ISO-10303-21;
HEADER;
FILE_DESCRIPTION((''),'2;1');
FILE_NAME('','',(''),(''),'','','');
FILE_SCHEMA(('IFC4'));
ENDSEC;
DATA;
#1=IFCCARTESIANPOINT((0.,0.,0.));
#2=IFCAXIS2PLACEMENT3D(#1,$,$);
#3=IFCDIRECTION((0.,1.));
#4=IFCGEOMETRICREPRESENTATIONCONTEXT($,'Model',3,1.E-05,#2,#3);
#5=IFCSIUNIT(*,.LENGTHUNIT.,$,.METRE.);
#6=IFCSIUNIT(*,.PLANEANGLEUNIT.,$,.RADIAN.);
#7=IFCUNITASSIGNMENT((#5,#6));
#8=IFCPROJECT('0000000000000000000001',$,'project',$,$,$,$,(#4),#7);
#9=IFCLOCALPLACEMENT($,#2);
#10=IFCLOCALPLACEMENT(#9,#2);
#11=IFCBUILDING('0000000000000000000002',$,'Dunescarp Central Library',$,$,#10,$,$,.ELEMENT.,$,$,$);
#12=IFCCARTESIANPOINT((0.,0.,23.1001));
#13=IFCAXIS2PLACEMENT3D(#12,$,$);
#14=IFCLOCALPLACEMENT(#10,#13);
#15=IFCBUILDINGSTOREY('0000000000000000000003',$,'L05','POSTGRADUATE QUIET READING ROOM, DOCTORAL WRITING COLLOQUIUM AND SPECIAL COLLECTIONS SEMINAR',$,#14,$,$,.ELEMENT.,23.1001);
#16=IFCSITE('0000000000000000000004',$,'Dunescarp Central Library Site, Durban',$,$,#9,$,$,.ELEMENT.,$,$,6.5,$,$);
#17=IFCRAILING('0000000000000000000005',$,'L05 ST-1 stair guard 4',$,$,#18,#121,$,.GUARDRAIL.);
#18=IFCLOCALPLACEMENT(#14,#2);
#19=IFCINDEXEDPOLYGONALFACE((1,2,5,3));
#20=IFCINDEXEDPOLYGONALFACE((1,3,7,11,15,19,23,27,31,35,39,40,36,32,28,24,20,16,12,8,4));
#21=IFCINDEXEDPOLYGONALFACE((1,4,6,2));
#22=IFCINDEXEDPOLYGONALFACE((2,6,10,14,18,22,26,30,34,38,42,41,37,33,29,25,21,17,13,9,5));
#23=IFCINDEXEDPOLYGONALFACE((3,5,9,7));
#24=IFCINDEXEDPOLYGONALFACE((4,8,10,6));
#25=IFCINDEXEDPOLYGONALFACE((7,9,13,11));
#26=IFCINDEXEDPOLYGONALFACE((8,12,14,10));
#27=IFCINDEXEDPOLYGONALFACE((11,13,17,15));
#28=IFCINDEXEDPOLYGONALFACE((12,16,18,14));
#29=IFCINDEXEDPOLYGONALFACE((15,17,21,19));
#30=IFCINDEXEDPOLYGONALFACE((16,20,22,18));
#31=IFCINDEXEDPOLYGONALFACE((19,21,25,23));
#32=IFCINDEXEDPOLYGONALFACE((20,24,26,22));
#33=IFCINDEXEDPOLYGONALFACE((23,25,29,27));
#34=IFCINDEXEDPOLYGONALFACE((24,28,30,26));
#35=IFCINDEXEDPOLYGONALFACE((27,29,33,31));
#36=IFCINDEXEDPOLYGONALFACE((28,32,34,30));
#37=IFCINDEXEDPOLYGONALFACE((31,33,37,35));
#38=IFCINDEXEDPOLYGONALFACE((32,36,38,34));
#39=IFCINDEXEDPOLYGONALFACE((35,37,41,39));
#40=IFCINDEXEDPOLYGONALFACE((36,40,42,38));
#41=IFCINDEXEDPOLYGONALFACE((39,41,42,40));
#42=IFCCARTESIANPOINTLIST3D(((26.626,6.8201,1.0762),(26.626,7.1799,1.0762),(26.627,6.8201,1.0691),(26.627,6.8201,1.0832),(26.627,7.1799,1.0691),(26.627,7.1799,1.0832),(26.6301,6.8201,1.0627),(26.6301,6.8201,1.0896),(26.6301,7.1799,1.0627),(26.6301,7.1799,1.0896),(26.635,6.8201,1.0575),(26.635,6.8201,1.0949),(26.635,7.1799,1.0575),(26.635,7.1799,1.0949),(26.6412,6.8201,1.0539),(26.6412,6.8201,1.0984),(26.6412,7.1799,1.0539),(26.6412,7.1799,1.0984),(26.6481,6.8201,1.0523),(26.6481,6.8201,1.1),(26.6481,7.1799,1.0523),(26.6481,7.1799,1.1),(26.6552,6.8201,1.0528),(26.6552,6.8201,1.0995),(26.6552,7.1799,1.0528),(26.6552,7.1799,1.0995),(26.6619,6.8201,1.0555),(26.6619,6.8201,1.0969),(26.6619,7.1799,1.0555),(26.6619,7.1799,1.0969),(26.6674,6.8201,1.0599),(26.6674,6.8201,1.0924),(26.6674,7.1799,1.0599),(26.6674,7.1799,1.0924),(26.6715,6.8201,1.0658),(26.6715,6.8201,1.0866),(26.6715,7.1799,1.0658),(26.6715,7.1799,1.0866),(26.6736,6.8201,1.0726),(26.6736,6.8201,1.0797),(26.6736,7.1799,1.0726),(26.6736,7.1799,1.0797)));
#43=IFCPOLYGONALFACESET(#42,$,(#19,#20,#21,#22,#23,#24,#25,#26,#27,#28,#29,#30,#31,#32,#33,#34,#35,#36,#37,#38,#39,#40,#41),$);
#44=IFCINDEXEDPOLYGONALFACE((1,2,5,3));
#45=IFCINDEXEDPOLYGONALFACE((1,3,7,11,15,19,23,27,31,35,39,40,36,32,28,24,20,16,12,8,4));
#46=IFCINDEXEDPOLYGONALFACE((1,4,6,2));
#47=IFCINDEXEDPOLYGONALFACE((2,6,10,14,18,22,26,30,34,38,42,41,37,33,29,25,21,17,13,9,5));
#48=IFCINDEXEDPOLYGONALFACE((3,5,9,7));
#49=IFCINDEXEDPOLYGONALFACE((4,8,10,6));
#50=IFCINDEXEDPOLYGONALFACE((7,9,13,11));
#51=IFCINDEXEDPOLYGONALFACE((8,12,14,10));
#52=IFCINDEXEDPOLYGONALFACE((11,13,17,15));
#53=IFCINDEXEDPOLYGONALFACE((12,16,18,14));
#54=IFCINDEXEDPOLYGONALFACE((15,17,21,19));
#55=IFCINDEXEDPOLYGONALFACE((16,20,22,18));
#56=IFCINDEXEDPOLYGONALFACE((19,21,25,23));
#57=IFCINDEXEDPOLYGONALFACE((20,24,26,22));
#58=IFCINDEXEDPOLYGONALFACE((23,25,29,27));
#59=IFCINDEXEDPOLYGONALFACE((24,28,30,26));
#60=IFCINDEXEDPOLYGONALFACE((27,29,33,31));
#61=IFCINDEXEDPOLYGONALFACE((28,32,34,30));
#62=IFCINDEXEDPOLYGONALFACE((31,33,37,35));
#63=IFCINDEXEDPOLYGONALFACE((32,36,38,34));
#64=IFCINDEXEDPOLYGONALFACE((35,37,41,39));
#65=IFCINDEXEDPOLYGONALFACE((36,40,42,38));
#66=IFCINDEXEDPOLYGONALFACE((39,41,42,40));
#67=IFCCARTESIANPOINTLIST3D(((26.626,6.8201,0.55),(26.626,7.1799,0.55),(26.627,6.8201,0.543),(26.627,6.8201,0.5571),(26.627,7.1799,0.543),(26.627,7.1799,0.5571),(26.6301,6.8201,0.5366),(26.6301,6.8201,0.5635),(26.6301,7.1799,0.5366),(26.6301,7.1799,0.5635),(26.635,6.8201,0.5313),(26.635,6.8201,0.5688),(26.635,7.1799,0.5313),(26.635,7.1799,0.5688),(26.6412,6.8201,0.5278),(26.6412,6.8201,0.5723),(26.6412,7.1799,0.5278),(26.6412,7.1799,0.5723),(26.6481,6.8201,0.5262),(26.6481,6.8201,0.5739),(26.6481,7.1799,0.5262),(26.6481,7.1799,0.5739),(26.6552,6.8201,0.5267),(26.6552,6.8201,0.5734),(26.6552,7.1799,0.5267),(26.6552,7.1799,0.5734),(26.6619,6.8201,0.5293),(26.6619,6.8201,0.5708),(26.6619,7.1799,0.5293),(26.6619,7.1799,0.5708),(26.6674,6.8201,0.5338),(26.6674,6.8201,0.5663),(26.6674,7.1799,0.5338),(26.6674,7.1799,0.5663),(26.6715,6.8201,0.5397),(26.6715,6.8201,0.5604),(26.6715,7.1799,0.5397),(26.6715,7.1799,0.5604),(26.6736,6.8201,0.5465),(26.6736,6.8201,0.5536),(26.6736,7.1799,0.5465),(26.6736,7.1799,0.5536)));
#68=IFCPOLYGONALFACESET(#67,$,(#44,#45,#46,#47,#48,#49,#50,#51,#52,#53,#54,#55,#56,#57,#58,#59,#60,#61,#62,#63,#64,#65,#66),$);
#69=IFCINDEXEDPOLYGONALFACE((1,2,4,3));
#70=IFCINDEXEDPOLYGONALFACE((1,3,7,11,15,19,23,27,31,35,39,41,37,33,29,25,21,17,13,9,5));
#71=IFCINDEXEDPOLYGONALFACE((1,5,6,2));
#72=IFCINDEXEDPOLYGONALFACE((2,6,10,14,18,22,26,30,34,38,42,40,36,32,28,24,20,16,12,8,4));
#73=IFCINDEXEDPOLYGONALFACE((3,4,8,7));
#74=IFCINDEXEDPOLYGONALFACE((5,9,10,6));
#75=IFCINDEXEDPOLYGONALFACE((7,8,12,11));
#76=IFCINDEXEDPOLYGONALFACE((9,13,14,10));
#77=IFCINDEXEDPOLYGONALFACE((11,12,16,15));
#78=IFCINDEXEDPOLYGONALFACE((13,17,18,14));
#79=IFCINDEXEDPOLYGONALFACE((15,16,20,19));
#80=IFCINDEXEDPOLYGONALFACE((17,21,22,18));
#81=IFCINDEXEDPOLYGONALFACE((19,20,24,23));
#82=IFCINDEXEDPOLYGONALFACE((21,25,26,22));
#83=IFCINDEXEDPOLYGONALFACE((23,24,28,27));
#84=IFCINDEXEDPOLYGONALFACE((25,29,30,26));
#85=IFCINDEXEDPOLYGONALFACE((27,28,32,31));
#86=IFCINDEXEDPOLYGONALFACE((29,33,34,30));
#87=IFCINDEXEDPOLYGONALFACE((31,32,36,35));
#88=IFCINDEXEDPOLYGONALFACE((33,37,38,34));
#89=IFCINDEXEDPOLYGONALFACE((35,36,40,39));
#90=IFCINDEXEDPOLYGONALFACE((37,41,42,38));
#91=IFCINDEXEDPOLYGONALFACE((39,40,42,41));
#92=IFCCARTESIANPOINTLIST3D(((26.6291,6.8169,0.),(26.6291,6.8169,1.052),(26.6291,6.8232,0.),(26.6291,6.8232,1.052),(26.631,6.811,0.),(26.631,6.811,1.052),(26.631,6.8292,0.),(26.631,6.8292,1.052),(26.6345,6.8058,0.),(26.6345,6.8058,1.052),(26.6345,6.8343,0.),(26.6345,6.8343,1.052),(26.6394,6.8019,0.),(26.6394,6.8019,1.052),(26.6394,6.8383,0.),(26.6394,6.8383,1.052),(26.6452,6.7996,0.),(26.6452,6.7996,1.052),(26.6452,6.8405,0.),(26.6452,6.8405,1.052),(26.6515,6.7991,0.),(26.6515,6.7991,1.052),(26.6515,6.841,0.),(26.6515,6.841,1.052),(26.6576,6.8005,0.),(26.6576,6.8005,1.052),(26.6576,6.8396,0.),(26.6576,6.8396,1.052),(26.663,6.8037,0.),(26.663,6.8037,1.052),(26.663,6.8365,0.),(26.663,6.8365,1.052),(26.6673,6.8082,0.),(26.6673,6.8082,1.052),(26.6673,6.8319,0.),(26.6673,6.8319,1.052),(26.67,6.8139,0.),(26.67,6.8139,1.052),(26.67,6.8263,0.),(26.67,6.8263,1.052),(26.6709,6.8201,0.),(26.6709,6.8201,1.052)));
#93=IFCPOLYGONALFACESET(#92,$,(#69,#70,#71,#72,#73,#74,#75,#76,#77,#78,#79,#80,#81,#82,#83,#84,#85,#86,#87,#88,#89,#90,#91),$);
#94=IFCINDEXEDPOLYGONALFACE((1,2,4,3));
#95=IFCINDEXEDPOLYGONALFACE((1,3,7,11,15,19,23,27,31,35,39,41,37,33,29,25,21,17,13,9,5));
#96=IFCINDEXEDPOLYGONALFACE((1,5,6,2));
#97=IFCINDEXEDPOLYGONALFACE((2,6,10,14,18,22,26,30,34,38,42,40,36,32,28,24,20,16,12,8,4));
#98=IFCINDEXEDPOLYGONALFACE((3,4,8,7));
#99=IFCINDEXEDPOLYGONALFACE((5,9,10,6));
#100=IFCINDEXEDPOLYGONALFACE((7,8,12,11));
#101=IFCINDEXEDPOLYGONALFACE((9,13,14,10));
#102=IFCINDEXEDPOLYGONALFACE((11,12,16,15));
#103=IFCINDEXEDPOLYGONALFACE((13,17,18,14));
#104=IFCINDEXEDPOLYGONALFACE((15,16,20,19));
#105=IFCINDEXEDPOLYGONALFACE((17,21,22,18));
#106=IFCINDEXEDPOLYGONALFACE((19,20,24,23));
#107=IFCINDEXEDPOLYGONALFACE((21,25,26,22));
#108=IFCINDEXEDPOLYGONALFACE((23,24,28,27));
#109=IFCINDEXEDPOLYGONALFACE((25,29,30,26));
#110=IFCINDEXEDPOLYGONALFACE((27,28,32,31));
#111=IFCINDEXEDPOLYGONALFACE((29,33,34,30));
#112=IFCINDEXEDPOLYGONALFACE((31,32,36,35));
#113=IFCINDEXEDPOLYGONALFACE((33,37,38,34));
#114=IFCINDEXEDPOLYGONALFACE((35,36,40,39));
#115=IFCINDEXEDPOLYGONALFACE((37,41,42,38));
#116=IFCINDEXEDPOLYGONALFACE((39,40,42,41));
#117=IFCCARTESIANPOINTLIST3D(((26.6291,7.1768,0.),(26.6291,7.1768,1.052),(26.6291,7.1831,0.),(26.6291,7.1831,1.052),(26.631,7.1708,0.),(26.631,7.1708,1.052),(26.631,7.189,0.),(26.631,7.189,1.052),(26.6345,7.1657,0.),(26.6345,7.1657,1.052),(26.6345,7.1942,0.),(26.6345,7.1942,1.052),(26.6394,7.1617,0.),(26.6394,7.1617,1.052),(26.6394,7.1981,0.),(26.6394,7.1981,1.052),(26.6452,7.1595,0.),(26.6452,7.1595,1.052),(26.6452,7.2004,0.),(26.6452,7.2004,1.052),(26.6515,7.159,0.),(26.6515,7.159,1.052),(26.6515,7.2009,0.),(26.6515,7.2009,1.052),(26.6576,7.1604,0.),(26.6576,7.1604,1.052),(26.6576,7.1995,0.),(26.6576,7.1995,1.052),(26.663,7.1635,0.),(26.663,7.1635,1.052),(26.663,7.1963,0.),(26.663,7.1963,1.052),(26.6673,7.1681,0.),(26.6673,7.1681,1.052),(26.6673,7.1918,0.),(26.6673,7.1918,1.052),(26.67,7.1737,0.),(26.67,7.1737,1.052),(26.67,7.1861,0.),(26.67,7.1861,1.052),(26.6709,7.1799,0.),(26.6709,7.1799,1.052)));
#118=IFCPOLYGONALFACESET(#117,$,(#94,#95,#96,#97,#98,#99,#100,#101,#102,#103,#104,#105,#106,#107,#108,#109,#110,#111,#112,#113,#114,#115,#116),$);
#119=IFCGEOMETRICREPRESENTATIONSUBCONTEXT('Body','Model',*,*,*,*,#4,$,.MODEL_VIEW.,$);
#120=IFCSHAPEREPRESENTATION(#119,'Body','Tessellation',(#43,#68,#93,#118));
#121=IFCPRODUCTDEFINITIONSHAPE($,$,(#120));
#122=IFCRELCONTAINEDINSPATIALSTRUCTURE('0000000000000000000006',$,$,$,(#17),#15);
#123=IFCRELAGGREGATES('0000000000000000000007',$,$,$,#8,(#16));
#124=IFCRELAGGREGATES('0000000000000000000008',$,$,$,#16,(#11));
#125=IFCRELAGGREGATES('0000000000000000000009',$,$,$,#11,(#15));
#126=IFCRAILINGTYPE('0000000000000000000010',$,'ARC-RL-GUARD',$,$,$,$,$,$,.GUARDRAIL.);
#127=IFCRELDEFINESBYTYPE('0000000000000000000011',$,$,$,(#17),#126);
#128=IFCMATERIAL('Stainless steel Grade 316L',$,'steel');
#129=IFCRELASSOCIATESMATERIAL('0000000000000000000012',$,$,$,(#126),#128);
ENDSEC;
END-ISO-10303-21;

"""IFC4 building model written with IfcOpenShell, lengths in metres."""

from ifc_helpers import new_model, si_unit, direction, frame, origin, origin_2d, place, context, subcontext, project, spatial, circle, extrude, material, type_object, element, save


model = new_model("IFC4")

# Units and contexts
model_context = context("Model", 3, precision=1e-05, world=origin(), true_north=direction((0.0, 1.0)))
body_context = subcontext(model_context, "Body", "Model", "MODEL_VIEW")
ifc_project = project(units=[si_unit("LENGTHUNIT", "METRE"), si_unit("PLANEANGLEUNIT", "RADIAN")], contexts=[model_context])

# Site, building, storey
site_placement = place(None, origin())
site = spatial("IfcSite", under=ifc_project, at=site_placement, Name="Dunescarp Central Library Site, Durban", CompositionType="ELEMENT", RefElevation=6.5)
building_placement = place(site_placement, origin())
building = spatial("IfcBuilding", under=site, at=building_placement, Name="Dunescarp Central Library", CompositionType="ELEMENT")
storey_placement = place(building_placement, frame((0.0, 0.0, 23.1001)))
storey = spatial("IfcBuildingStorey", under=building, at=storey_placement, Name="L05", Description="POSTGRADUATE QUIET READING ROOM, DOCTORAL WRITING COLLOQUIUM AND SPECIAL COLLECTIONS SEMINAR", CompositionType="ELEMENT", Elevation=23.1001)

# Shared definitions
ifc_material_1 = material(Name="Stainless steel Grade 316L", Category="steel")

# Railing
railing_type_1 = type_object("IfcRailingType", Name="ARC-RL-GUARD", PredefinedType="GUARDRAIL", material=ifc_material_1)
railing_1_placement = place(storey_placement, frame((26.6499, 6.8201, 0.0)))
element("IfcRailing", 1, at=railing_1_placement, inside=storey, type_object=railing_type_1, Name="L05 ST-1 stair guard 4", PredefinedType="GUARDRAIL", context=body_context, shape_type="SweptSolid", body=[
    extrude(circle(Radius=0.0239, at=origin_2d()), frame((0.0, 0.0, 1.0762), z_axis=(0.0, 1.0, 0.0), x_axis=(-1.0, 0.0, 0.0)), (0.0, 0.0, 1.0), 0.3599),
    extrude(circle(Radius=0.0239, at=origin_2d()), frame((0.0, 0.0, 0.55), z_axis=(0.0, 1.0, 0.0), x_axis=(-1.0, 0.0, 0.0)), (0.0, 0.0, 1.0), 0.3599),
    extrude(circle(Radius=0.021, at=origin_2d()), origin(), (0.0, 0.0, 1.0), 1.052),
    extrude(circle(Radius=0.021, at=origin_2d()), frame((0.0, 0.3599, 0.0)), (0.0, 0.0, 1.0), 1.052),
])

save(model, "model.ifc")
